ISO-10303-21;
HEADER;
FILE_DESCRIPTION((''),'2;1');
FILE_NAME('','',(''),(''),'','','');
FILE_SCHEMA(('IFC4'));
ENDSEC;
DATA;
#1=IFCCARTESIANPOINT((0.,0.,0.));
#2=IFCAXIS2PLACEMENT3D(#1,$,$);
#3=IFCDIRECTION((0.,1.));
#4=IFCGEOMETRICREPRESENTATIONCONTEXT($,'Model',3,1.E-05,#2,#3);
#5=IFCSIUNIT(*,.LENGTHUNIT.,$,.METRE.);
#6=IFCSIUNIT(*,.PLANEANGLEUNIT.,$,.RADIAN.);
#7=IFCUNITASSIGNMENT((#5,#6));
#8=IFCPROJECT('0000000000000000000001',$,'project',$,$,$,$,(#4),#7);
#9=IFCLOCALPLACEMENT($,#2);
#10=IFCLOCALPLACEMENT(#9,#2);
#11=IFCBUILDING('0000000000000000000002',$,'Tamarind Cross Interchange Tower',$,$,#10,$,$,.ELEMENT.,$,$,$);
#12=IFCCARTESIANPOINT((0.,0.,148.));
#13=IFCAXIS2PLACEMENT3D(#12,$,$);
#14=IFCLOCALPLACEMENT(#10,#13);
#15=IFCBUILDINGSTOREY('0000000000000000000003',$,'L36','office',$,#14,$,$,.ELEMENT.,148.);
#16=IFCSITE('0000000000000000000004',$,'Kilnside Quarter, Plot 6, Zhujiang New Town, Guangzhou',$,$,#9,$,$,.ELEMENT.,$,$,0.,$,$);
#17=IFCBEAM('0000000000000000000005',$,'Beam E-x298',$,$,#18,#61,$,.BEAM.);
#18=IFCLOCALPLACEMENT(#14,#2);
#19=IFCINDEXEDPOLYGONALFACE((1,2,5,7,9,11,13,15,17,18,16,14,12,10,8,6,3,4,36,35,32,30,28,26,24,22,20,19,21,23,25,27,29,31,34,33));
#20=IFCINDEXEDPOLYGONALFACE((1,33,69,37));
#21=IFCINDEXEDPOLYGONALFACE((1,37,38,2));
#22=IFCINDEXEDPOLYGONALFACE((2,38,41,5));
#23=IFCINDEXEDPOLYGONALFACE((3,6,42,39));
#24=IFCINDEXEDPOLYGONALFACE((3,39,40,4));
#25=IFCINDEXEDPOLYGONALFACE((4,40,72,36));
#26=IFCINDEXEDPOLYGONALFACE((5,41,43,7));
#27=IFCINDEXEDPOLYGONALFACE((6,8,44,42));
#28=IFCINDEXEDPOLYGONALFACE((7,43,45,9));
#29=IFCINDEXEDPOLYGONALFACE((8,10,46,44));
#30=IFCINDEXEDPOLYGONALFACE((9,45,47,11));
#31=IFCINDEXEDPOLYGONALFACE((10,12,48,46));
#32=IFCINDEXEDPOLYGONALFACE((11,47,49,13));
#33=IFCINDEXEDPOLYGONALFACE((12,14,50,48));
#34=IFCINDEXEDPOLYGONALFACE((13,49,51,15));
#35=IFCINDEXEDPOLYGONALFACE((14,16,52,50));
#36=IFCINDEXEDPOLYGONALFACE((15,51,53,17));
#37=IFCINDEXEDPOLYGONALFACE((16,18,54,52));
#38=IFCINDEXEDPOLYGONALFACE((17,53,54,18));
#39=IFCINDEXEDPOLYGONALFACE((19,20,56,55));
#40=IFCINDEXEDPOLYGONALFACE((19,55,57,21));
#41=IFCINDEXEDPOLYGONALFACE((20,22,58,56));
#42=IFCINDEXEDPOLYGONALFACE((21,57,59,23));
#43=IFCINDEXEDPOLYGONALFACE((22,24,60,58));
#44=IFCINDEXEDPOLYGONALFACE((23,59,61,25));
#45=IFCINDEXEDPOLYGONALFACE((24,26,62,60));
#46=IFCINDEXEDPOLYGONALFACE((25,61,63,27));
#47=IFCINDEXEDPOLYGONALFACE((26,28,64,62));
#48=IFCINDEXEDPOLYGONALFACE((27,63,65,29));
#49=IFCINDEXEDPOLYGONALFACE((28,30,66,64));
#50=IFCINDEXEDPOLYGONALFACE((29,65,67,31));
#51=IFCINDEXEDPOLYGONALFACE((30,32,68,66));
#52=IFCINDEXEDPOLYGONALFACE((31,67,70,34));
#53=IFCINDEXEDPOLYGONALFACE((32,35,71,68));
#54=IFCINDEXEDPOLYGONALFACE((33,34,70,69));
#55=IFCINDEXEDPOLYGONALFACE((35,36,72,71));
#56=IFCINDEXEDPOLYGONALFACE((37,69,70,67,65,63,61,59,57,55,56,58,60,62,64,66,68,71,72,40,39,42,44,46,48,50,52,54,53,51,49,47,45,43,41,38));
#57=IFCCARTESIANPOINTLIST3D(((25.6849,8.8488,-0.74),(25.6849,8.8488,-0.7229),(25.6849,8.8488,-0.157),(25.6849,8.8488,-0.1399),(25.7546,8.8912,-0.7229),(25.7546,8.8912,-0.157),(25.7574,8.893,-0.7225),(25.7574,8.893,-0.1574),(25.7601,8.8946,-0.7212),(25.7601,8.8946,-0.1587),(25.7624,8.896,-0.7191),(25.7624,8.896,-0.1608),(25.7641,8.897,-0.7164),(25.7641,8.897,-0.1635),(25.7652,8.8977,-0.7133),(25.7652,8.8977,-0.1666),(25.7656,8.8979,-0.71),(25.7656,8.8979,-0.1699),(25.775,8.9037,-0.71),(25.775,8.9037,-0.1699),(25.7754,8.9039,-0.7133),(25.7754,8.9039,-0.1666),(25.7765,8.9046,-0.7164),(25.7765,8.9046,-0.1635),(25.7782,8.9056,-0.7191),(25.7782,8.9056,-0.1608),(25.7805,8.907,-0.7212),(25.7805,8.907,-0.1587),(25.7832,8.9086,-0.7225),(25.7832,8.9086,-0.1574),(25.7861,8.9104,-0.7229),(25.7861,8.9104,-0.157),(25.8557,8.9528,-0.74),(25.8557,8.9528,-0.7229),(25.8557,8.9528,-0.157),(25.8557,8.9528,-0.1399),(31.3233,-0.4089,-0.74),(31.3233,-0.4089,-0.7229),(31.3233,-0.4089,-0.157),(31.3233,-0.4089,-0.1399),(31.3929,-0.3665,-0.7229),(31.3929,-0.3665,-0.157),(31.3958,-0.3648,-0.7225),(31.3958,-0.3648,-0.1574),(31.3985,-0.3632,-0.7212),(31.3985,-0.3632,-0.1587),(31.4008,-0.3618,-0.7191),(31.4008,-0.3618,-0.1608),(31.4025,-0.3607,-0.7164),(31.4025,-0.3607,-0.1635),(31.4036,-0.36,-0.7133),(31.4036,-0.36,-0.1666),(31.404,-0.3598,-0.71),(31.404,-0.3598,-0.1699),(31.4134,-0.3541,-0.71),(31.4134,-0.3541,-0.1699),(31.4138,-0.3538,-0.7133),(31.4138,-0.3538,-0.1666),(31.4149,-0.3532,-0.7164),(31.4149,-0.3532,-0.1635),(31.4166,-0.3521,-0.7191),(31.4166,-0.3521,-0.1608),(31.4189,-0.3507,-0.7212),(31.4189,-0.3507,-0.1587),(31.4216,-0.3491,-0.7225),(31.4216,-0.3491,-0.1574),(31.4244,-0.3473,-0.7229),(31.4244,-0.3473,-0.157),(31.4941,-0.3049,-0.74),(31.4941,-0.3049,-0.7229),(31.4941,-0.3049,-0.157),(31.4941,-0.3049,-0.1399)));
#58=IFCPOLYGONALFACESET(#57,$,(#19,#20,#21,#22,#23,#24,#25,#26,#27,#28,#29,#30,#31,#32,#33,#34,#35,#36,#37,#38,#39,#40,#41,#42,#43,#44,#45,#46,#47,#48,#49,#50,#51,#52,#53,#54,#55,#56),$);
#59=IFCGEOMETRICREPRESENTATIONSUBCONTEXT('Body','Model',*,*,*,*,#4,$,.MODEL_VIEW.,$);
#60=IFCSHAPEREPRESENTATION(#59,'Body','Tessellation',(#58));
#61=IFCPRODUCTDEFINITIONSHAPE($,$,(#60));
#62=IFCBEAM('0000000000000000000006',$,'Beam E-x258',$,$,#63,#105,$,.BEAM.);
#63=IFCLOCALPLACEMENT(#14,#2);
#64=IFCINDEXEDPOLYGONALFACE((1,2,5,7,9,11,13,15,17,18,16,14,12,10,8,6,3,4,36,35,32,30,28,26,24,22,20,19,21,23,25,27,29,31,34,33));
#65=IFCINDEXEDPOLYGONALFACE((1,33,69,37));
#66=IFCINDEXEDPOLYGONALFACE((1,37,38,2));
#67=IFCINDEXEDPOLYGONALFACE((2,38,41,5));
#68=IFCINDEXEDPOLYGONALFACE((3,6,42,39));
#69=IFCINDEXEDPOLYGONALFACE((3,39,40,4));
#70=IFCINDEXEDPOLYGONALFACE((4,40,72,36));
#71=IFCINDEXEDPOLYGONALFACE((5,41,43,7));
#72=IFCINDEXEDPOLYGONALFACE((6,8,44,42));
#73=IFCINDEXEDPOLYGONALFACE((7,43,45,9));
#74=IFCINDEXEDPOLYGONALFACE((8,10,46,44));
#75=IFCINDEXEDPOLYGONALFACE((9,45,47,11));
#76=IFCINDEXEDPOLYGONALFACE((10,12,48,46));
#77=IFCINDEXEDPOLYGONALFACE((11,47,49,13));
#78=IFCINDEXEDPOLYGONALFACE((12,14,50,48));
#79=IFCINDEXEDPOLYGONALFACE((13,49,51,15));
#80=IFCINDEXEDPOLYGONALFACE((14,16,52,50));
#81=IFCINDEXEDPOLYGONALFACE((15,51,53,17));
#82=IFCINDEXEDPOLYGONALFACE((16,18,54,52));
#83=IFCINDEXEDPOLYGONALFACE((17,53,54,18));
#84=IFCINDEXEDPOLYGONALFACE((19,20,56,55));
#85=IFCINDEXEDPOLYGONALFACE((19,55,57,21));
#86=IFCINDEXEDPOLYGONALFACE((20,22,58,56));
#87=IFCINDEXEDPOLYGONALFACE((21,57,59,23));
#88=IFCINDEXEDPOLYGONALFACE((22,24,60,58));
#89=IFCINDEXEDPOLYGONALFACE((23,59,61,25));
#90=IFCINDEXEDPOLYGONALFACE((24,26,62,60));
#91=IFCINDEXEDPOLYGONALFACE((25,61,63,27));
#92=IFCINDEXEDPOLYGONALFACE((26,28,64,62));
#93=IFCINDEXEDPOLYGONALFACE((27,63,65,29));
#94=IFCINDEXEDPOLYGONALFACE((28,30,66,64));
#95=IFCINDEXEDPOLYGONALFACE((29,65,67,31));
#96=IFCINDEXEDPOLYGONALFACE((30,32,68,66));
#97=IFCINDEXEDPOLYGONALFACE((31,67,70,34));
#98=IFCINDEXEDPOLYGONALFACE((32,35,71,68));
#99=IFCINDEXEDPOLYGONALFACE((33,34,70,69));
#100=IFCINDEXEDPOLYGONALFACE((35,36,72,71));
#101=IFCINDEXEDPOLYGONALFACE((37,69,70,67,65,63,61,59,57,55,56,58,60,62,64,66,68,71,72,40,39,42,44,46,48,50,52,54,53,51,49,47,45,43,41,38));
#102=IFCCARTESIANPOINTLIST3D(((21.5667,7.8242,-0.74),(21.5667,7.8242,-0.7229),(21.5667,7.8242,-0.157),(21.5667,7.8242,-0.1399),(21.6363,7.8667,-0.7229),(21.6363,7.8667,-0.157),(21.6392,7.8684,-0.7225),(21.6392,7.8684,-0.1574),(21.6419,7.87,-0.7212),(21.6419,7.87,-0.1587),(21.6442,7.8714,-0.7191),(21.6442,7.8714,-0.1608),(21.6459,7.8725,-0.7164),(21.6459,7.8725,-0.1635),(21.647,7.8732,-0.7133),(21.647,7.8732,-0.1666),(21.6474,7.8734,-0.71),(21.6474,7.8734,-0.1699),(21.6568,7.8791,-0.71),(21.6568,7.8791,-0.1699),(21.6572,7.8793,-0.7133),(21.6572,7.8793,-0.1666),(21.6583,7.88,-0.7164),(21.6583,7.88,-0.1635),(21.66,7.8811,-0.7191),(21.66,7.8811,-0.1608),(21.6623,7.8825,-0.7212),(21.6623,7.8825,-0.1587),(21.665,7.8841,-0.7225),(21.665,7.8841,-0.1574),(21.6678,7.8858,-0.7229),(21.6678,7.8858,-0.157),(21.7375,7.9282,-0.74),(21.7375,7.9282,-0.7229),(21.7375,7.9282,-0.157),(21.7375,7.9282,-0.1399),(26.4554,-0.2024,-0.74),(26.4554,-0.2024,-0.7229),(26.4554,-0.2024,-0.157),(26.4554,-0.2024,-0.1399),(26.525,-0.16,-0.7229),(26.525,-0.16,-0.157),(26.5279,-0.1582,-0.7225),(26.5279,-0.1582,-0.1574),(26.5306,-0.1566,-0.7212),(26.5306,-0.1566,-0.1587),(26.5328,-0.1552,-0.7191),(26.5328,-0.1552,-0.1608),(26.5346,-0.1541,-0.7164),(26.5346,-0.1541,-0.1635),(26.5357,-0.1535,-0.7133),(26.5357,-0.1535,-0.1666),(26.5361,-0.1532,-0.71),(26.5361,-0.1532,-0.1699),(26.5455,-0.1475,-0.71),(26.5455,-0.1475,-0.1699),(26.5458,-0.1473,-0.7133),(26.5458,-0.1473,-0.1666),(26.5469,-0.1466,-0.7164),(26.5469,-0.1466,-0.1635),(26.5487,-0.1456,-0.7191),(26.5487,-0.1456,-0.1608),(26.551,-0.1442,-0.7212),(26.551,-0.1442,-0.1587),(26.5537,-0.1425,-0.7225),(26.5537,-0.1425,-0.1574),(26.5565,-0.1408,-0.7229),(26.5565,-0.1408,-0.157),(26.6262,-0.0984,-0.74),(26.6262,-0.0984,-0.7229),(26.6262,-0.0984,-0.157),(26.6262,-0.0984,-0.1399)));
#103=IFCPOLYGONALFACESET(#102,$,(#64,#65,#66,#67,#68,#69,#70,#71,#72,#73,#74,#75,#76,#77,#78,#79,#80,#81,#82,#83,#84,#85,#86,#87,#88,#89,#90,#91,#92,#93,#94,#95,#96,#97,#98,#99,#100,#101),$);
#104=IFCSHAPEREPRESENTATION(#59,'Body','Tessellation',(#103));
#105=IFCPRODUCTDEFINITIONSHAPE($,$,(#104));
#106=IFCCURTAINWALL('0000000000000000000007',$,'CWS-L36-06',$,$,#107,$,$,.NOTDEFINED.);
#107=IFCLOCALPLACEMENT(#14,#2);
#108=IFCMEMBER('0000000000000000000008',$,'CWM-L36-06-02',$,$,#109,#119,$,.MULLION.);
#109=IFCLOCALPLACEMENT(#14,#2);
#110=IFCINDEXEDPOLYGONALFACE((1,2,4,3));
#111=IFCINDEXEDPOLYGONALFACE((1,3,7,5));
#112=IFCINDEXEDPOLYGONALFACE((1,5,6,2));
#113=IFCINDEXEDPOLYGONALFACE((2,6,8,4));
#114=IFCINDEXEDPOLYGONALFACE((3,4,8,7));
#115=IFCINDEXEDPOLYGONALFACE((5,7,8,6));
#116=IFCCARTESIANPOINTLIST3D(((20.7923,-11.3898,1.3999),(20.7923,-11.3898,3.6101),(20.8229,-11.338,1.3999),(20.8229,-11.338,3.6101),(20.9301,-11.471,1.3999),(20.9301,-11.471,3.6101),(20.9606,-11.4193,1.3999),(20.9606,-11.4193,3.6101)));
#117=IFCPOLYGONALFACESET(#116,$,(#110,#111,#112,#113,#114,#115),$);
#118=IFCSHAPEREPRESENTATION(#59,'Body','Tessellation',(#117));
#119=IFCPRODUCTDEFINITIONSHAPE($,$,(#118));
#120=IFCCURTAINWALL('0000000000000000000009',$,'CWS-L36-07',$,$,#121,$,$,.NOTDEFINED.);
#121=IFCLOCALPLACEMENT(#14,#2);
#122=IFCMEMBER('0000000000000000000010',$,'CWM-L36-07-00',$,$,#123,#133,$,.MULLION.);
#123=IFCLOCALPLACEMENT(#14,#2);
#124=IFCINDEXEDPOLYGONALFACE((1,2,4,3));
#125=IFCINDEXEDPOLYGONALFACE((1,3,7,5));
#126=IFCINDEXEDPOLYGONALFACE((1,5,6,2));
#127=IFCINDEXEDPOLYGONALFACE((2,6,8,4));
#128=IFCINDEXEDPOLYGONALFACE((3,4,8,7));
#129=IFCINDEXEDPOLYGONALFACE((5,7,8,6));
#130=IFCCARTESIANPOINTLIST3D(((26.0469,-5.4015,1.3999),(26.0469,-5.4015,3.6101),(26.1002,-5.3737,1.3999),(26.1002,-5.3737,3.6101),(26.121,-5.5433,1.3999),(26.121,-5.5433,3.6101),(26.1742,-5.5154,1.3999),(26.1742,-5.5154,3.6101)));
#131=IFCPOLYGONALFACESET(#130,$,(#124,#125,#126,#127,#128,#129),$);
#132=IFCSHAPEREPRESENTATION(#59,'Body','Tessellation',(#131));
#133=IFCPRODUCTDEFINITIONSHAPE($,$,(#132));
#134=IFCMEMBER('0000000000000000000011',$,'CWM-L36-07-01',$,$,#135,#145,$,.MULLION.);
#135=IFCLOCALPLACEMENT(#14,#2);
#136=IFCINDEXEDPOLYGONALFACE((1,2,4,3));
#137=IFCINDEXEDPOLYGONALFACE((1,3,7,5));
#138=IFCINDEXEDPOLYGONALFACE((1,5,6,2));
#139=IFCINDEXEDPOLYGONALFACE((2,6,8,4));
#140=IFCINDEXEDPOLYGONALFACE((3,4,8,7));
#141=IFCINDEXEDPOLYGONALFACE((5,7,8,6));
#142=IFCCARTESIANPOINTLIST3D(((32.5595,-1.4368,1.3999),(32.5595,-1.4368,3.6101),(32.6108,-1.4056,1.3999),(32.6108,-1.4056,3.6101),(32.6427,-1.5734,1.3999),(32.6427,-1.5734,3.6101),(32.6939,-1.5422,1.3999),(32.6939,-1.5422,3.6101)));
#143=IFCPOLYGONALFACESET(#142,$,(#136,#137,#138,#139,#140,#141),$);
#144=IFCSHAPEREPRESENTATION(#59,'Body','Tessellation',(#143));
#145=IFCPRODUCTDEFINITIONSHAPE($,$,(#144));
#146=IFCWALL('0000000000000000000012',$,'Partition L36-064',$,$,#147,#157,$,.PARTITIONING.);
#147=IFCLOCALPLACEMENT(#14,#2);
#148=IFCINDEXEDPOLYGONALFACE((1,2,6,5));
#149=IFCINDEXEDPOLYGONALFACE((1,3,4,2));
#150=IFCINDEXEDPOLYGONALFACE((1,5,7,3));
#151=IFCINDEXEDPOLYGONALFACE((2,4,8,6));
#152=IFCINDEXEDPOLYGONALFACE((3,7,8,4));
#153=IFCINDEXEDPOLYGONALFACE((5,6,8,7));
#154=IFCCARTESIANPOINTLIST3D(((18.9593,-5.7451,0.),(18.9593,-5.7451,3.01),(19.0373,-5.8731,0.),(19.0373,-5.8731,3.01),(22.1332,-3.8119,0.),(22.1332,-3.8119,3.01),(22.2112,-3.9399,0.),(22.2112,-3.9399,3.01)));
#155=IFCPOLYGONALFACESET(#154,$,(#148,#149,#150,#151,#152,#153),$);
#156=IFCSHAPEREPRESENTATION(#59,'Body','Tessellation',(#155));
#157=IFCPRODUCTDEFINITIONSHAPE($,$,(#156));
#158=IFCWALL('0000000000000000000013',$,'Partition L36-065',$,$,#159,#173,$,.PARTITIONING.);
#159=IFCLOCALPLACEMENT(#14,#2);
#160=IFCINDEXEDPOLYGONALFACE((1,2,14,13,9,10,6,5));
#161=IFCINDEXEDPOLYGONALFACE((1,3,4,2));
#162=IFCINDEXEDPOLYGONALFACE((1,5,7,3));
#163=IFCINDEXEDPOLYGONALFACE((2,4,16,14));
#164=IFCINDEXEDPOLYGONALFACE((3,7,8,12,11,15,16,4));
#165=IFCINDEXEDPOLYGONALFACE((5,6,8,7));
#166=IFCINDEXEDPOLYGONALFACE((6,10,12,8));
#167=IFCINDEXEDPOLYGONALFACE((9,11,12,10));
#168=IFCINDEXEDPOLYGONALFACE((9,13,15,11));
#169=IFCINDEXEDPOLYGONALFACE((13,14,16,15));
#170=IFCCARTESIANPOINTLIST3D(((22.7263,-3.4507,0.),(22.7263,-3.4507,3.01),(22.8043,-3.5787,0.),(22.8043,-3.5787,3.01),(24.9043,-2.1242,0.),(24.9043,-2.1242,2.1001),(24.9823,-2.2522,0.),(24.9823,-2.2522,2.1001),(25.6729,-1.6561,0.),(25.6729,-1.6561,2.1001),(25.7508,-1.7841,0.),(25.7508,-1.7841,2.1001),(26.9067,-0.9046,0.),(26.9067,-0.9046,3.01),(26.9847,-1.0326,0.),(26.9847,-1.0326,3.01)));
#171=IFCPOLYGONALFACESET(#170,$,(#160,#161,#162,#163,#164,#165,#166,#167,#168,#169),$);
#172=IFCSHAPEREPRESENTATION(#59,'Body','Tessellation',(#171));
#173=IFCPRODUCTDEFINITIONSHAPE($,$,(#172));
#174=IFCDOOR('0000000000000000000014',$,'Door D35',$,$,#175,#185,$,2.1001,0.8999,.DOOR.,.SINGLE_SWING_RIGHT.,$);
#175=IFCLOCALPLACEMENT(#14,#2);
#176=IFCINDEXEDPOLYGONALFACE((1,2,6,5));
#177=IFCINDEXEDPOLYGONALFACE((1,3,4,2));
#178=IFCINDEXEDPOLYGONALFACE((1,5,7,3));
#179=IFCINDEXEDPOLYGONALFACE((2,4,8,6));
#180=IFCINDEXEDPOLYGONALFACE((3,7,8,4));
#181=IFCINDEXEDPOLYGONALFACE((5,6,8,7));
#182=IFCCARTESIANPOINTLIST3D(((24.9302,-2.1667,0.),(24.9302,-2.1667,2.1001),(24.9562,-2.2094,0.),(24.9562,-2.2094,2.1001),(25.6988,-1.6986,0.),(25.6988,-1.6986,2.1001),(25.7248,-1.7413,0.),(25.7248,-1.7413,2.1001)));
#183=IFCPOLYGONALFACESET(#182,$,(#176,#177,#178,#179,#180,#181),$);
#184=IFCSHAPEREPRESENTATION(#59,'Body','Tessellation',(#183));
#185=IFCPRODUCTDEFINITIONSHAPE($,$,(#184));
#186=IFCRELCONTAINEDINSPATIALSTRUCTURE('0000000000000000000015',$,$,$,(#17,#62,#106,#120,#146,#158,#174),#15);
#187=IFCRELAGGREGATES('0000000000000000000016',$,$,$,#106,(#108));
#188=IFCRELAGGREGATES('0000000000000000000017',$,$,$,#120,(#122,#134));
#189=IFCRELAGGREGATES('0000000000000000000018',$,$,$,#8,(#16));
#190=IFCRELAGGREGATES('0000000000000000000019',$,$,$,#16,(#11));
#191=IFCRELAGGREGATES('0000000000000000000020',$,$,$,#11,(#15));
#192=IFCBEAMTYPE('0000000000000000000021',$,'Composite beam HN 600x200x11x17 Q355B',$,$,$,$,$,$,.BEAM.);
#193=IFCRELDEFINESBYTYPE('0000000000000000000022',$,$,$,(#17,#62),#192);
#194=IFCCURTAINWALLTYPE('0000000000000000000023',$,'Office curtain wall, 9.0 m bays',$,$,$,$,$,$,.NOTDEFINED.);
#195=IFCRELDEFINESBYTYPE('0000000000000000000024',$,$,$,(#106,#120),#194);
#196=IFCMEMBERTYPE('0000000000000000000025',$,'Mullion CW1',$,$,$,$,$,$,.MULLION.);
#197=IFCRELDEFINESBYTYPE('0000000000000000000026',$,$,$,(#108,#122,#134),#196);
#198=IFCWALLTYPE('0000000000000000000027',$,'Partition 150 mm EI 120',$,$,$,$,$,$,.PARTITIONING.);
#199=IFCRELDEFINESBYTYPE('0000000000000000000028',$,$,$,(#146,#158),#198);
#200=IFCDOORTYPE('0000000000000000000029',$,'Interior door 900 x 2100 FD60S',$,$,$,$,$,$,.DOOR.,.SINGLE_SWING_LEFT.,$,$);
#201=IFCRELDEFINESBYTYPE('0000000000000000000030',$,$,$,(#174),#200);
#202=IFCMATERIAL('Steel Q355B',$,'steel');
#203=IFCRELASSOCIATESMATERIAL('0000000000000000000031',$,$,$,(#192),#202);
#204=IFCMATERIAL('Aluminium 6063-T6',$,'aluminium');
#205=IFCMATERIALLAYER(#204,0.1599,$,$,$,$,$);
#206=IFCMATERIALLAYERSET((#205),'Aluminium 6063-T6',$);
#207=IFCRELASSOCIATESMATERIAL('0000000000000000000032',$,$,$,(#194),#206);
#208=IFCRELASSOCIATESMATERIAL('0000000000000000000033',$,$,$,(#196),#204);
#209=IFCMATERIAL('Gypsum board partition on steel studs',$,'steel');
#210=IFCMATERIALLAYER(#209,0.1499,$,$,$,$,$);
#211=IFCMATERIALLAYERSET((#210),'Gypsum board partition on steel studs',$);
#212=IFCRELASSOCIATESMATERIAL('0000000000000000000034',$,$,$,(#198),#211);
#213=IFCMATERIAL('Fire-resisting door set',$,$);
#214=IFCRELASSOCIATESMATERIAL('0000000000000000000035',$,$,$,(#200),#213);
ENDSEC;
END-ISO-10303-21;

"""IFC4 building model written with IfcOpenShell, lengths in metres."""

from ifc_helpers import new_model, si_unit, direction, frame, frame_2d, origin, origin_2d, place, context, subcontext, project, spatial, rectangle, i_section, extrude, material, layer, layer_set, material_profile, profile_set, type_object, element, fill, aggregate, save


model = new_model("IFC4")

# Units and contexts
model_context = context("Model", 3, precision=1e-05, world=origin(), true_north=direction((0.0, 1.0)))
body_context = subcontext(model_context, "Body", "Model", "MODEL_VIEW")
ifc_project = project(units=[si_unit("LENGTHUNIT", "METRE"), si_unit("PLANEANGLEUNIT", "RADIAN")], contexts=[model_context])

# Site, building, storey
site_placement = place(None, origin())
site = spatial("IfcSite", under=ifc_project, at=site_placement, Name="Kilnside Quarter, Plot 6, Zhujiang New Town, Guangzhou", CompositionType="ELEMENT", RefElevation=0.0)
building_placement = place(site_placement, origin())
building = spatial("IfcBuilding", under=site, at=building_placement, Name="Tamarind Cross Interchange Tower", CompositionType="ELEMENT")
storey_placement = place(building_placement, frame((0.0, 0.0, 148.0)))
storey = spatial("IfcBuildingStorey", under=building, at=storey_placement, Name="L36", Description="office", CompositionType="ELEMENT", Elevation=148.0)

# Beams
ifc_material_1 = material(Name="Steel Q355B", Category="steel")
ifc_material_profile_1 = material_profile(ifc_material_1, i_section(OverallWidth=0.2, OverallDepth=0.6001, WebThickness=0.011, FlangeThickness=0.0171, FilletRadius=0.0129, at=origin_2d()), Name="HN 600x200x11x17")
ifc_profile_set_1 = profile_set([ifc_material_profile_1], Name="Steel Q355B")
beam_type_1 = type_object("IfcBeamType", Name="Composite beam HN 600x200x11x17 Q355B", PredefinedType="BEAM", material=ifc_profile_set_1)
beam_1_placement = place(storey_placement, frame((31.4087, -0.3569, -0.4399), z_axis=(-0.520165, 0.854066, 0.0), x_axis=(-0.854066, -0.520165, 0.0)))
element("IfcBeam", 1, at=beam_1_placement, inside=storey, type_object=beam_type_1, Name="Beam E-x298", PredefinedType="BEAM", context=body_context, shape_type="SweptSolid", body=[
    extrude(i_section(OverallWidth=0.2, OverallDepth=0.6001, WebThickness=0.011, FlangeThickness=0.0171, FilletRadius=0.0129, at=origin_2d()), origin(), (0.0, 0.0, 1.0), 10.8396),
])
beam_2_placement = place(storey_placement, frame((26.5408, -0.1504, -0.4399), z_axis=(-0.520173, 0.854061, 0.0), x_axis=(-0.854061, -0.520173, 0.0)))
element("IfcBeam", 2, at=beam_2_placement, inside=storey, type_object=beam_type_1, Name="Beam E-x258", PredefinedType="BEAM", context=body_context, shape_type="SweptSolid", body=[
    extrude(i_section(OverallWidth=0.2, OverallDepth=0.6001, WebThickness=0.011, FlangeThickness=0.0171, FilletRadius=0.0129, at=origin_2d()), origin(), (0.0, 0.0, 1.0), 9.3982),
])

# Curtain wall, member
ifc_material_2 = material(Name="Aluminium 6063-T6", Category="aluminium")
ifc_layer_1 = layer(ifc_material_2, 0.1599)
ifc_layer_set_1 = layer_set([ifc_layer_1], Name="Aluminium 6063-T6")
curtain_wall_type = type_object("IfcCurtainWallType", Name="Office curtain wall, 9.0 m bays", PredefinedType="NOTDEFINED", material=ifc_layer_set_1)
curtain_wall_1_placement = place(storey_placement, origin())
curtain_wall_1 = element("IfcCurtainWall", 3, at=curtain_wall_1_placement, inside=storey, type_object=curtain_wall_type, Name="CWS-L36-06", PredefinedType="NOTDEFINED")
ifc_material_profile_2 = material_profile(ifc_material_2, rectangle(XDim=0.0601, YDim=0.1599, at=origin_2d()), Name="Mullion CW1")
ifc_profile_set_2 = profile_set([ifc_material_profile_2], Name="Aluminium 6063-T6")
member_type = type_object("IfcMemberType", Name="Mullion CW1", PredefinedType="MULLION", material=ifc_profile_set_2)
member_1_placement = place(storey_placement, frame((20.8765, -11.4045, 1.3999), z_axis=(0.0, 0.0, 1.0), x_axis=(0.508183, 0.861249, 0.0)))
member_1 = element("IfcMember", 4, at=member_1_placement, type_object=member_type, Name="CWM-L36-06-02", PredefinedType="MULLION", context=body_context, shape_type="SweptSolid", body=[
    extrude(rectangle(XDim=0.0601, YDim=0.1599, at=origin_2d()), origin(), (0.0, 0.0, 1.0), 2.2102),
])
aggregate(curtain_wall_1, [member_1])

# Curtain wall, members
curtain_wall_2_placement = place(storey_placement, origin())
curtain_wall_2 = element("IfcCurtainWall", 5, at=curtain_wall_2_placement, inside=storey, type_object=curtain_wall_type, Name="CWS-L36-07", PredefinedType="NOTDEFINED")
member_2_placement = place(storey_placement, frame((26.1106, -5.4585, 1.3999), z_axis=(0.0, 0.0, 1.0), x_axis=(0.886252, 0.463203, 0.0)))
member_2 = element("IfcMember", 6, at=member_2_placement, type_object=member_type, Name="CWM-L36-07-00", PredefinedType="MULLION", context=body_context, shape_type="SweptSolid", body=[
    extrude(rectangle(XDim=0.0601, YDim=0.1599, at=origin_2d()), origin(), (0.0, 0.0, 1.0), 2.2102),
])
member_3_placement = place(storey_placement, frame((32.6267, -1.4895, 1.3999), z_axis=(0.0, 0.0, 1.0), x_axis=(0.85406, 0.520175, 0.0)))
member_3 = element("IfcMember", 7, at=member_3_placement, type_object=member_type, Name="CWM-L36-07-01", PredefinedType="MULLION", context=body_context, shape_type="SweptSolid", body=[
    extrude(rectangle(XDim=0.0601, YDim=0.1599, at=origin_2d()), origin(), (0.0, 0.0, 1.0), 2.2102),
])
aggregate(curtain_wall_2, [member_2, member_3])

# Wall
ifc_material_3 = material(Name="Gypsum board partition on steel studs", Category="steel")
ifc_layer_2 = layer(ifc_material_3, 0.1499)
ifc_layer_set_2 = layer_set([ifc_layer_2], Name="Gypsum board partition on steel studs")
wall_type = type_object("IfcWallType", Name="Partition 150 mm EI 120", PredefinedType="PARTITIONING", material=ifc_layer_set_2)
wall_1_placement = place(storey_placement, frame((18.9983, -5.8091, 0.0), z_axis=(0.0, 0.0, 1.0), x_axis=(0.854054, 0.520185, 0.0)))
element("IfcWall", 8, at=wall_1_placement, inside=storey, type_object=wall_type, Name="Partition L36-064", PredefinedType="PARTITIONING", context=body_context, shape_type="SweptSolid", body=[
    extrude(rectangle(XDim=3.7163, YDim=0.1499, at=frame_2d((1.8582, 0.0))), origin(), (0.0, 0.0, 1.0), 3.01),
])

# Wall, opening, door
wall_2_placement = place(storey_placement, frame((22.7654, -3.5146, 0.0), z_axis=(0.0, 0.0, 1.0), x_axis=(0.854059, 0.520176, 0.0)))
wall_2 = element("IfcWall", 9, at=wall_2_placement, inside=storey, type_object=wall_type, Name="Partition L36-065", PredefinedType="PARTITIONING", context=body_context, shape_type="SweptSolid", body=[
    extrude(rectangle(XDim=4.8948, YDim=0.1499, at=frame_2d((2.4473, 0.0))), origin(), (0.0, 0.0, 1.0), 3.01),
])
opening_placement = place(wall_2_placement, frame((2.55, 0.0, 0.0)))
opening = element("IfcOpeningElement", 10, at=opening_placement, cuts=wall_2, PredefinedType="OPENING", context=body_context, shape_type="SweptSolid", body=[
    extrude(rectangle(XDim=0.8999, YDim=2.1001, at=frame_2d((0.45, 1.05))), frame((0.0, 0.085, 0.0), z_axis=(0.0, -1.0, 0.0), x_axis=(1.0, 0.0, 0.0)), (0.0, 0.0, 1.0), 0.1699),
])
ifc_material_4 = material(Name="Fire-resisting door set")
door_type = type_object("IfcDoorType", Name="Interior door 900 x 2100 FD60S", OperationType="SINGLE_SWING_LEFT", PredefinedType="DOOR", material=ifc_material_4)
door_placement = place(opening_placement, frame((0.8999, 0.0, 0.0), z_axis=(0.0, 0.0, 1.0), x_axis=(-1.0, 0.0, 0.0)))
door = element("IfcDoor", 11, at=door_placement, inside=storey, type_object=door_type, Name="Door D35", OperationType="SINGLE_SWING_RIGHT", OverallHeight=2.1001, OverallWidth=0.8999, PredefinedType="DOOR", context=body_context, shape_type="SweptSolid", body=[
    extrude(rectangle(XDim=0.8999, YDim=2.1001, at=frame_2d((0.45, 1.05))), frame((0.0, 0.0249, 0.0), z_axis=(0.0, -1.0, 0.0), x_axis=(1.0, 0.0, 0.0)), (0.0, 0.0, 1.0), 0.05),
])
fill(opening, door)

save(model, "model.ifc")
